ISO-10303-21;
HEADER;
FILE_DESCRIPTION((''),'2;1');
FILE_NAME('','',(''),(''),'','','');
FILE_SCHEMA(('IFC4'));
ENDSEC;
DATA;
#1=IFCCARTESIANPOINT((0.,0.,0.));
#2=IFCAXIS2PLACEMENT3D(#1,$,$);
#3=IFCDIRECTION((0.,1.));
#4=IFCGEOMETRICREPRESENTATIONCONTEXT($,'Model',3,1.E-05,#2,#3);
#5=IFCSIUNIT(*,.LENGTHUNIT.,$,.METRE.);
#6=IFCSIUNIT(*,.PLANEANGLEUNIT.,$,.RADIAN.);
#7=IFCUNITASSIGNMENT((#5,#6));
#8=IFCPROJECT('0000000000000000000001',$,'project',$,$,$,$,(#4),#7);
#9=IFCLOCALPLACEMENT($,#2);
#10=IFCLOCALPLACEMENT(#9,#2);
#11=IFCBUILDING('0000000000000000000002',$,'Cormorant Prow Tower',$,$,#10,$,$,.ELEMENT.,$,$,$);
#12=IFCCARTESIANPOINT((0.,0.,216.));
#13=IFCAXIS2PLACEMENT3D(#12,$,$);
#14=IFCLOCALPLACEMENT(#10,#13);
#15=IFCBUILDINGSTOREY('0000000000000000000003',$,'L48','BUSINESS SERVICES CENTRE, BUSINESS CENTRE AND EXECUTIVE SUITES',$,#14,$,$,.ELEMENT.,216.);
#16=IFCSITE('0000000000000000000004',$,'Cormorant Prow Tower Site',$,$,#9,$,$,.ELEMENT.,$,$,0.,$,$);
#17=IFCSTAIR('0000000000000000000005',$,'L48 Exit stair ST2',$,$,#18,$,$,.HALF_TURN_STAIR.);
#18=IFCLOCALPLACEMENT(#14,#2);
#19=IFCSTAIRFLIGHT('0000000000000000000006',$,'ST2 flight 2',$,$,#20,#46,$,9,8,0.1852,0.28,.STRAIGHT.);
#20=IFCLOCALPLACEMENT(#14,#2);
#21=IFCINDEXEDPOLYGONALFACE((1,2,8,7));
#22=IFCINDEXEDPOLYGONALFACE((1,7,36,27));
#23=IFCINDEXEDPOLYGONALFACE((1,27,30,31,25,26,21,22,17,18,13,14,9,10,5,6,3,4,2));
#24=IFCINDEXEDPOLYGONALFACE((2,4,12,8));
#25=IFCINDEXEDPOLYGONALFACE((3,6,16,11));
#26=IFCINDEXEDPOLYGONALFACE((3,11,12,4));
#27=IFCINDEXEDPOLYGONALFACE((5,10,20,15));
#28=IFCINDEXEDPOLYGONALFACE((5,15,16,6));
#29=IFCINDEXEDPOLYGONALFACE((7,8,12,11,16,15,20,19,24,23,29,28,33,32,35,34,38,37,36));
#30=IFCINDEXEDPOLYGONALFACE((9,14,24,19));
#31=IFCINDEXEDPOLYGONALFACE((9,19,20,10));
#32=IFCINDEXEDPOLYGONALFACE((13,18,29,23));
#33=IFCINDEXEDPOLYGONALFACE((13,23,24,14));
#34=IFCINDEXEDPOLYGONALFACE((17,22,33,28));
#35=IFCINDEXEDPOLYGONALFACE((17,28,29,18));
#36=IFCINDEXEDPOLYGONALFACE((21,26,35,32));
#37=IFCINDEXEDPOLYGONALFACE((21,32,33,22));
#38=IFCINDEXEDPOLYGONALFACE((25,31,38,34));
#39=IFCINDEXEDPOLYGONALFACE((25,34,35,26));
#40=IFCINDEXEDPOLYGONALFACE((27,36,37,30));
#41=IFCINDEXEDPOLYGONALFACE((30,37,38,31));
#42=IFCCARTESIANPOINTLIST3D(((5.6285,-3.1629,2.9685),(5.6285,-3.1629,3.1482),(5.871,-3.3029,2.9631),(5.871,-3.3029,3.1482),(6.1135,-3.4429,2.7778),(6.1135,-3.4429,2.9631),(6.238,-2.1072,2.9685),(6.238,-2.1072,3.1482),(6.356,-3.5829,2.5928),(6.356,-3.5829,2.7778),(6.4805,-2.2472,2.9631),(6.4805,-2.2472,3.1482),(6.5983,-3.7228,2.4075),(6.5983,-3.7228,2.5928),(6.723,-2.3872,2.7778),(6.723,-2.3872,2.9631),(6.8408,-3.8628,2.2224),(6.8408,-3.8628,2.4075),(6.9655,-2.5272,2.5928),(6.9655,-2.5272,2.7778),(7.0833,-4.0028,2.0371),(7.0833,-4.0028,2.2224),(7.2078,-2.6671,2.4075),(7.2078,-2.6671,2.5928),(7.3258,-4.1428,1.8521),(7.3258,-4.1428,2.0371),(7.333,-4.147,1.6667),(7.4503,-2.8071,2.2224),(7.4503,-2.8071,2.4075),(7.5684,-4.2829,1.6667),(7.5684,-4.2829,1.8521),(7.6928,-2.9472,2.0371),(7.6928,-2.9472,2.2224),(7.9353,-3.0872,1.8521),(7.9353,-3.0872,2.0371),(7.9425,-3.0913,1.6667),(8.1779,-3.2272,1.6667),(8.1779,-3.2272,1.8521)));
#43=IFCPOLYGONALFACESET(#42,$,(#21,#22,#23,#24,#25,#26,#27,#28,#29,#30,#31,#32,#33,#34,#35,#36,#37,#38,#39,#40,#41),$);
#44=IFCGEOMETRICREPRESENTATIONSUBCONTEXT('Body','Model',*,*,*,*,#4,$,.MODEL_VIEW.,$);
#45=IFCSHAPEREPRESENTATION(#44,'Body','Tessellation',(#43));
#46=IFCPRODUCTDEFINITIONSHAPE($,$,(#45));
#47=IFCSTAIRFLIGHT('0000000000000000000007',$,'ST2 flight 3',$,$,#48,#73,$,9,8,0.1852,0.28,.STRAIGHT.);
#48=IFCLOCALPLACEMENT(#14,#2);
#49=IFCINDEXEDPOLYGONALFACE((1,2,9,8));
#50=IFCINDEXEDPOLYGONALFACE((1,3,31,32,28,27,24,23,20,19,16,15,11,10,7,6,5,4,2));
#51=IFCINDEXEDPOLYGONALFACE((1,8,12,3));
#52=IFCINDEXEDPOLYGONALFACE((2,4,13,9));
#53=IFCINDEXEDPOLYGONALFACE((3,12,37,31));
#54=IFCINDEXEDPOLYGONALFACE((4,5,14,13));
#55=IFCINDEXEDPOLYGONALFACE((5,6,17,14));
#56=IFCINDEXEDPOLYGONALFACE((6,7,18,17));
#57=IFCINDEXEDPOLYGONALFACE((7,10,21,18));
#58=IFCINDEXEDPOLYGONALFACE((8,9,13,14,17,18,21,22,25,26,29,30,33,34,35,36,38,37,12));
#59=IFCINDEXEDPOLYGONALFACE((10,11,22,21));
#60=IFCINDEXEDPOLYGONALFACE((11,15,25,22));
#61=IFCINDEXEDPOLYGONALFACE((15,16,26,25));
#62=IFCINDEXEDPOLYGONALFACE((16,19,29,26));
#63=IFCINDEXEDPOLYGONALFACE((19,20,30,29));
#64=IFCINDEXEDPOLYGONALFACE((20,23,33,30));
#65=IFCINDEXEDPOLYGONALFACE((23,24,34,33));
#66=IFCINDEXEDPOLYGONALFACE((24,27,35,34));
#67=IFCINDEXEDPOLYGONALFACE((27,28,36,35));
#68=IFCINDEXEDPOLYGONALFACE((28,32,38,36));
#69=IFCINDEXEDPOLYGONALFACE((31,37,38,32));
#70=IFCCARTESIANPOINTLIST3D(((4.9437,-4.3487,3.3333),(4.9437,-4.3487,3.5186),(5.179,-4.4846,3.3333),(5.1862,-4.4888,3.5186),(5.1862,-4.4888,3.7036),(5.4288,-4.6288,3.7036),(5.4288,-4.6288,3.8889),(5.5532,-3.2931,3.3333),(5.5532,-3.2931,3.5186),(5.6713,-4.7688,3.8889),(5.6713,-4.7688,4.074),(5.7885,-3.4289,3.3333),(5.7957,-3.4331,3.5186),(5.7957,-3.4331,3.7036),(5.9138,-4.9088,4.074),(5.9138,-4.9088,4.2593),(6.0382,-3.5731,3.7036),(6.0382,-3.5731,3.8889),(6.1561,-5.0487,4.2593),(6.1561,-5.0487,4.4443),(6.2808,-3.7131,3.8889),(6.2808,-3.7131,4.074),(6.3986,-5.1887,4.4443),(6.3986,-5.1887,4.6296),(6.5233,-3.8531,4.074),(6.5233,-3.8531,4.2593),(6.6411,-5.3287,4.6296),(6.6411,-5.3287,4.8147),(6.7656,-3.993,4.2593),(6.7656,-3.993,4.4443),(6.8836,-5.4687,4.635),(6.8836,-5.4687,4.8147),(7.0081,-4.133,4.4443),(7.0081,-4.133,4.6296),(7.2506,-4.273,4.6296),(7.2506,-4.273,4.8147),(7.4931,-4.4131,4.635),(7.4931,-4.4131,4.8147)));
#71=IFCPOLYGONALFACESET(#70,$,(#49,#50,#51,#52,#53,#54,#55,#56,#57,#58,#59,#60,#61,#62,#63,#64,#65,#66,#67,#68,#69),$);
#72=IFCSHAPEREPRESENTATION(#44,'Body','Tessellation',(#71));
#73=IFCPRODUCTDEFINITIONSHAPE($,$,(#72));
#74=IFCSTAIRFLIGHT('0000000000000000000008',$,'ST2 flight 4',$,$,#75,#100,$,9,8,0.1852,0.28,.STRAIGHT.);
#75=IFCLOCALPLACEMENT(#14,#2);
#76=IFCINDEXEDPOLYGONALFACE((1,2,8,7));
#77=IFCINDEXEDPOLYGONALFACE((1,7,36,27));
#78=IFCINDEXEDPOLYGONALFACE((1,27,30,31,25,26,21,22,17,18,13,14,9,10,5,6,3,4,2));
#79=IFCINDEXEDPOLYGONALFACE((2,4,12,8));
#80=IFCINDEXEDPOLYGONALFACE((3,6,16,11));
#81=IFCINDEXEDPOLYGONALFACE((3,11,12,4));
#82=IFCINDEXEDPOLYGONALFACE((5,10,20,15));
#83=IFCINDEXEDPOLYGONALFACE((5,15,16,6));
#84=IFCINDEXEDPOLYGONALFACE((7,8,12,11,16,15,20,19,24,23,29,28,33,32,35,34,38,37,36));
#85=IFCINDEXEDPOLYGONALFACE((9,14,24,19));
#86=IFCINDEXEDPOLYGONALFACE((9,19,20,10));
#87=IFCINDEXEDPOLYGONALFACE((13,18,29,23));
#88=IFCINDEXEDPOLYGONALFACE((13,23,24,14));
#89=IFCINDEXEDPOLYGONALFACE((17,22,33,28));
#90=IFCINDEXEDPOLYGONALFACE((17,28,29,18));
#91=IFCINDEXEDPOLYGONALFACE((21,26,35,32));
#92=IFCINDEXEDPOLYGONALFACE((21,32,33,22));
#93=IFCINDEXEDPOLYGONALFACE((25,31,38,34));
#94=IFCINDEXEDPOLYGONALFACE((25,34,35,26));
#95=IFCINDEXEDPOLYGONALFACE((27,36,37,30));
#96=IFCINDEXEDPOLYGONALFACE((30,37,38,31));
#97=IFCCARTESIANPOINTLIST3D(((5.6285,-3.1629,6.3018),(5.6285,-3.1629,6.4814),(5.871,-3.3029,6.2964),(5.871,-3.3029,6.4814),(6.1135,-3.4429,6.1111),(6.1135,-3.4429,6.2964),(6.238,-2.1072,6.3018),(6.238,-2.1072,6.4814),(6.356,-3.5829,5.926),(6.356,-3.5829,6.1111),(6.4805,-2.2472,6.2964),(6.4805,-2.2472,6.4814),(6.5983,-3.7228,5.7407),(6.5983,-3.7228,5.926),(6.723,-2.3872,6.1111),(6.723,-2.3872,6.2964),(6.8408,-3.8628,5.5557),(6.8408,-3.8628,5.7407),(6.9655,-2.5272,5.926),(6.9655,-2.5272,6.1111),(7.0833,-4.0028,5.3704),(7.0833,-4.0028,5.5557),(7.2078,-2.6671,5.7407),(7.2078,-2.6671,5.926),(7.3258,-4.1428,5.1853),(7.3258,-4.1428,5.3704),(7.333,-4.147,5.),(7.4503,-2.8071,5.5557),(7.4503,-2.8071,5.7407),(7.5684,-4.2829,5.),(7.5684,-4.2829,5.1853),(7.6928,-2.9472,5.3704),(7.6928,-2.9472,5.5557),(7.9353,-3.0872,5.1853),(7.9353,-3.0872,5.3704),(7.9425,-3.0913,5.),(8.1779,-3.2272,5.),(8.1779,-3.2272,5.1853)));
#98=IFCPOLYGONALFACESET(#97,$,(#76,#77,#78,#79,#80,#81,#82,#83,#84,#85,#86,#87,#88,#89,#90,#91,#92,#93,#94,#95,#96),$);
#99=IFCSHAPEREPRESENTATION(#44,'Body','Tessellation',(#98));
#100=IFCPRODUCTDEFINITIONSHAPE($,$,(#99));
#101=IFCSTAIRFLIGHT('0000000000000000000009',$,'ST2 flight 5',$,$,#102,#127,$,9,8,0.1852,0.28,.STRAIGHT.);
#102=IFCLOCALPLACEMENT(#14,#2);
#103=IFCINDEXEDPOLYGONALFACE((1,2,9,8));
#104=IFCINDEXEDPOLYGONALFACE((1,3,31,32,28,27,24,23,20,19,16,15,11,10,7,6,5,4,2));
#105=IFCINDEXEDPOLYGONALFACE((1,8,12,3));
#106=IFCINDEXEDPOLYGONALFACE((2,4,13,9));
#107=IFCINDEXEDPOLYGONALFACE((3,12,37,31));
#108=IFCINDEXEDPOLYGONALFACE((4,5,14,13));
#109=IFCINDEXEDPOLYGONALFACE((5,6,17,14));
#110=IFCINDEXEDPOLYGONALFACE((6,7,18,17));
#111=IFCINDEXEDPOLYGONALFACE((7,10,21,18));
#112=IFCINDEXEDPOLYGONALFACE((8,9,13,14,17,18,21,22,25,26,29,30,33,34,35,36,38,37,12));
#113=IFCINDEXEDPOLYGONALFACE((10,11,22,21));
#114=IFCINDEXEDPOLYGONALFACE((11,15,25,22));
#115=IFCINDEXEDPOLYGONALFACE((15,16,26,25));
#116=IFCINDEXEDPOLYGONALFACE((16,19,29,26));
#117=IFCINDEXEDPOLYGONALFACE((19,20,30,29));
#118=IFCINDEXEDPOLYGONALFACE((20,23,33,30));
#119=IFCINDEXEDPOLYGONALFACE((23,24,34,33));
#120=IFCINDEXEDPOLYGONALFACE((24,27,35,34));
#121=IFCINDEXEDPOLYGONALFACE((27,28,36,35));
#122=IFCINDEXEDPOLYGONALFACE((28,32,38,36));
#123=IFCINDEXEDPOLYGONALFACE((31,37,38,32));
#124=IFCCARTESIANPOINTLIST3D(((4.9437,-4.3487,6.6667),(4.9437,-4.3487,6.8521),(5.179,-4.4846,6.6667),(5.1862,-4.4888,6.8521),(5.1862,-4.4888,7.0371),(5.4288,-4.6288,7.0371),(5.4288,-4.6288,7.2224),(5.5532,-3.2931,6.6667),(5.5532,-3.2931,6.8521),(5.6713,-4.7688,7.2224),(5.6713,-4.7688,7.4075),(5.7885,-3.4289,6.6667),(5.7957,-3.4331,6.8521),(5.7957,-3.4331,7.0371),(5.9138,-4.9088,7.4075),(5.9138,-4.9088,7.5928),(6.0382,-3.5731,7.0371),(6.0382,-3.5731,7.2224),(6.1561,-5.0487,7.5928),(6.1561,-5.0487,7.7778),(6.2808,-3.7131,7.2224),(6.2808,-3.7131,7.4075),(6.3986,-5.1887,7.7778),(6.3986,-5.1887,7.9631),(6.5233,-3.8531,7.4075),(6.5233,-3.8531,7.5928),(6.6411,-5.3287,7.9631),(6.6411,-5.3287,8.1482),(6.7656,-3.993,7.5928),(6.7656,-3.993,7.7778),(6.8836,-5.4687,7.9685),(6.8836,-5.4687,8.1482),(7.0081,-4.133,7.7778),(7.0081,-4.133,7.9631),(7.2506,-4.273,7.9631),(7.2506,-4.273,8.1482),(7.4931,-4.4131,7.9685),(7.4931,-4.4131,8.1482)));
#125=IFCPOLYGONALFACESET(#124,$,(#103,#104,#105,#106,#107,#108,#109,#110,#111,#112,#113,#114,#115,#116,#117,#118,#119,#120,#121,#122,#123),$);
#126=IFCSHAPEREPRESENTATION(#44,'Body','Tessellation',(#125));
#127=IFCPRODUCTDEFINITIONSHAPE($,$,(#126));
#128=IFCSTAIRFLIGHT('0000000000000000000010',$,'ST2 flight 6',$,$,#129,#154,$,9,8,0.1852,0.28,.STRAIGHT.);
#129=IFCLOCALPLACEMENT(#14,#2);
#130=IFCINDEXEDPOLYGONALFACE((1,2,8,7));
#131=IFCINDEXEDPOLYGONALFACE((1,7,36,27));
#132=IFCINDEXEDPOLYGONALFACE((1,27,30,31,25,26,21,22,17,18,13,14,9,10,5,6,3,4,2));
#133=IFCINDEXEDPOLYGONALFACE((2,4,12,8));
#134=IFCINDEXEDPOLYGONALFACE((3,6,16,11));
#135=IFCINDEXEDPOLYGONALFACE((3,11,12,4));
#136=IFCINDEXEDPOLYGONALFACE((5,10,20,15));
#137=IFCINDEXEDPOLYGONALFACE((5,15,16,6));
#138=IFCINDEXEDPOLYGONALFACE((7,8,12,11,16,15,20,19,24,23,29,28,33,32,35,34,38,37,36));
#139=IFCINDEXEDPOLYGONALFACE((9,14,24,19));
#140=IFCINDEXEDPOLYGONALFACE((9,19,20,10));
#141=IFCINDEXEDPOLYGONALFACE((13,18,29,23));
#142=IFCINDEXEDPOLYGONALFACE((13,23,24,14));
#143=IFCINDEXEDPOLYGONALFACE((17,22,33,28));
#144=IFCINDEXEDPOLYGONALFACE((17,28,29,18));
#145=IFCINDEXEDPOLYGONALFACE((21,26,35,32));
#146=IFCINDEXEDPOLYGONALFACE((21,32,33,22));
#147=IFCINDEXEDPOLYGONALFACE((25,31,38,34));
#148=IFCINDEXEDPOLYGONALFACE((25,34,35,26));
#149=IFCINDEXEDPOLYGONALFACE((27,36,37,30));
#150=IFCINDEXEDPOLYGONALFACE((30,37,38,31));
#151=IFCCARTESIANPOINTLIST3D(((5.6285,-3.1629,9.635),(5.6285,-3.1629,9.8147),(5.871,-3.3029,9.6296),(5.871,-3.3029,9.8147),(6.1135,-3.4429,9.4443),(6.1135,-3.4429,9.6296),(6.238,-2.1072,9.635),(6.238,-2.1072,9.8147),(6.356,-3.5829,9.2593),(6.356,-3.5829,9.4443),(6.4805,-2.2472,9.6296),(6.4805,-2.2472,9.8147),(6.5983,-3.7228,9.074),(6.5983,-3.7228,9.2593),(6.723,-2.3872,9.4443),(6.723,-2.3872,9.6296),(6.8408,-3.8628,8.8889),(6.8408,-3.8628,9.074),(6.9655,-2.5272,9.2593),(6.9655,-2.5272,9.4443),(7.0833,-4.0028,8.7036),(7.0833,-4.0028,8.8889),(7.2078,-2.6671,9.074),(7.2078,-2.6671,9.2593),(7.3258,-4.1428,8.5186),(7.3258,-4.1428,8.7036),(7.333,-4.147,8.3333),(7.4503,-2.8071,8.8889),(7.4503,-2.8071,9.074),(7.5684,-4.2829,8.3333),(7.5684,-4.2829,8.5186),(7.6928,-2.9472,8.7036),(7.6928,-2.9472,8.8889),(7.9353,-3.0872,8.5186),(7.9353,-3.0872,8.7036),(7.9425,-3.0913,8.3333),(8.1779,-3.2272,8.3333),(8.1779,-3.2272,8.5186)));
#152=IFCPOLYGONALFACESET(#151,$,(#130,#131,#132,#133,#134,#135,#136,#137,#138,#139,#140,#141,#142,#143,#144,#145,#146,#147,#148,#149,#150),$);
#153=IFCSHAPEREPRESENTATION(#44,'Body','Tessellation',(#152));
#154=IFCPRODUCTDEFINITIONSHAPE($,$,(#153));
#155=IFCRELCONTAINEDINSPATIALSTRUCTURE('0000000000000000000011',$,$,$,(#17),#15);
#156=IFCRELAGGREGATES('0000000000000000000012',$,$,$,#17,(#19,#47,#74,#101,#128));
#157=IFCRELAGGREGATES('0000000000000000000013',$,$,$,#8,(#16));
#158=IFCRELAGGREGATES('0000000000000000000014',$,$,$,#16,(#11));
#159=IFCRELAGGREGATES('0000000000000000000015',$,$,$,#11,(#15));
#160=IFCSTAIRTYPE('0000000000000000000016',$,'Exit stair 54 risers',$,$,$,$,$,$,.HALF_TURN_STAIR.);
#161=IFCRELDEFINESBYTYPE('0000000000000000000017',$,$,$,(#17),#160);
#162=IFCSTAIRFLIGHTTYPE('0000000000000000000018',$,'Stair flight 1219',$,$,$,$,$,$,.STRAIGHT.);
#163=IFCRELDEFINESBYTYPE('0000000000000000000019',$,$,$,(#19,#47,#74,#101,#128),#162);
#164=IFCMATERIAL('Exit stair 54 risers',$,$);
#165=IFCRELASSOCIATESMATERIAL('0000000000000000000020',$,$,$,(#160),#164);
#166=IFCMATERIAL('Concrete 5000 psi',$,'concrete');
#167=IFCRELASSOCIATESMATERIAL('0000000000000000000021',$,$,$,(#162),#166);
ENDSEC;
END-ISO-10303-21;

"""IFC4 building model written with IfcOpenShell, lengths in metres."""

from ifc_helpers import new_model, si_unit, direction, frame, origin, place, context, subcontext, project, spatial, polyline, outline, extrude, material, type_object, element, aggregate, save


model = new_model("IFC4")

# Units and contexts
model_context = context("Model", 3, precision=1e-05, world=origin(), true_north=direction((0.0, 1.0)))
body_context = subcontext(model_context, "Body", "Model", "MODEL_VIEW")
ifc_project = project(units=[si_unit("LENGTHUNIT", "METRE"), si_unit("PLANEANGLEUNIT", "RADIAN")], contexts=[model_context])

# Site, building, storey
site_placement = place(None, origin())
site = spatial("IfcSite", under=ifc_project, at=site_placement, Name="Cormorant Prow Tower Site", CompositionType="ELEMENT", RefElevation=0.0)
building_placement = place(site_placement, origin())
building = spatial("IfcBuilding", under=site, at=building_placement, Name="Cormorant Prow Tower", CompositionType="ELEMENT")
storey_placement = place(building_placement, frame((0.0, 0.0, 216.0)))
storey = spatial("IfcBuildingStorey", under=building, at=storey_placement, Name="L48", Description="BUSINESS SERVICES CENTRE, BUSINESS CENTRE AND EXECUTIVE SUITES", CompositionType="ELEMENT", Elevation=216.0)

# Stair, stair flights
ifc_material_1 = material(Name="Exit stair 54 risers")
stair_type = type_object("IfcStairType", Name="Exit stair 54 risers", PredefinedType="HALF_TURN_STAIR", material=ifc_material_1)
stair_placement = place(storey_placement, origin())
stair = element("IfcStair", 1, at=stair_placement, inside=storey, type_object=stair_type, Name="L48 Exit stair ST2", PredefinedType="HALF_TURN_STAIR")
ifc_material_2 = material(Name="Concrete 5000 psi", Category="concrete")
stair_flight_type = type_object("IfcStairFlightType", Name="Stair flight 1219", PredefinedType="STRAIGHT", material=ifc_material_2)
stair_flight_1_placement = place(storey_placement, frame((7.873, -3.7551, 1.6667), z_axis=(0.0, 0.0, 1.0), x_axis=(-0.866025, 0.5, 0.0)))
stair_flight_1 = element("IfcStairFlight", 2, at=stair_flight_1_placement, type_object=stair_flight_type, Name="ST2 flight 2", NumberOfRisers=9, NumberOfTreads=8, PredefinedType="STRAIGHT", RiserHeight=0.1852, TreadLength=0.28, context=body_context, shape_type="SweptSolid", body=[
    extrude(outline(polyline([(0.0, 0.0), (0.0, 0.1853), (0.28, 0.1853), (0.28, 0.3704), (0.5601, 0.3704), (0.5601, 0.5557), (0.8401, 0.5557), (0.8401, 0.7407), (1.1201, 0.7407), (1.1201, 0.926), (1.3999, 0.926), (1.3999, 1.1111), (1.6799, 1.1111), (1.6799, 1.2964), (1.96, 1.2964), (1.96, 1.4814), (2.24, 1.4814), (2.24, 1.6667), (2.24, 1.3018), (0.2717, 0.0), (0.0, 0.0)])), frame((0.0, 0.6094, 0.0), z_axis=(0.0, -1.0, 0.0), x_axis=(1.0, 0.0, 0.0)), (0.0, 0.0, 1.0), 1.219),
])
stair_flight_2_placement = place(storey_placement, frame((5.2485, -3.8208, 3.3333), z_axis=(0.0, 0.0, 1.0), x_axis=(0.866025, -0.5, 0.0)))
stair_flight_2 = element("IfcStairFlight", 3, at=stair_flight_2_placement, type_object=stair_flight_type, Name="ST2 flight 3", NumberOfRisers=9, NumberOfTreads=8, PredefinedType="STRAIGHT", RiserHeight=0.1852, TreadLength=0.28, context=body_context, shape_type="SweptSolid", body=[
    extrude(outline(polyline([(0.0, 0.0), (0.0, 0.1853), (0.28, 0.1853), (0.28, 0.3704), (0.5601, 0.3704), (0.5601, 0.5557), (0.8401, 0.5557), (0.8401, 0.7407), (1.1201, 0.7407), (1.1201, 0.926), (1.3999, 0.926), (1.3999, 1.1111), (1.6799, 1.1111), (1.6799, 1.2964), (1.96, 1.2964), (1.96, 1.4814), (2.24, 1.4814), (2.24, 1.6667), (2.24, 1.3018), (0.2717, 0.0), (0.0, 0.0)])), frame((0.0, 0.6094, 0.0), z_axis=(0.0, -1.0, 0.0), x_axis=(1.0, 0.0, 0.0)), (0.0, 0.0, 1.0), 1.219),
])
stair_flight_3_placement = place(storey_placement, frame((7.873, -3.7551, 5.0), z_axis=(0.0, 0.0, 1.0), x_axis=(-0.866025, 0.5, 0.0)))
stair_flight_3 = element("IfcStairFlight", 4, at=stair_flight_3_placement, type_object=stair_flight_type, Name="ST2 flight 4", NumberOfRisers=9, NumberOfTreads=8, PredefinedType="STRAIGHT", RiserHeight=0.1852, TreadLength=0.28, context=body_context, shape_type="SweptSolid", body=[
    extrude(outline(polyline([(0.0, 0.0), (0.0, 0.1853), (0.28, 0.1853), (0.28, 0.3704), (0.5601, 0.3704), (0.5601, 0.5557), (0.8401, 0.5557), (0.8401, 0.7407), (1.1201, 0.7407), (1.1201, 0.926), (1.3999, 0.926), (1.3999, 1.1111), (1.6799, 1.1111), (1.6799, 1.2964), (1.96, 1.2964), (1.96, 1.4814), (2.24, 1.4814), (2.24, 1.6667), (2.24, 1.3018), (0.2717, 0.0), (0.0, 0.0)])), frame((0.0, 0.6094, 0.0), z_axis=(0.0, -1.0, 0.0), x_axis=(1.0, 0.0, 0.0)), (0.0, 0.0, 1.0), 1.219),
])
stair_flight_4_placement = place(storey_placement, frame((5.2485, -3.8208, 6.6667), z_axis=(0.0, 0.0, 1.0), x_axis=(0.866025, -0.5, 0.0)))
stair_flight_4 = element("IfcStairFlight", 5, at=stair_flight_4_placement, type_object=stair_flight_type, Name="ST2 flight 5", NumberOfRisers=9, NumberOfTreads=8, PredefinedType="STRAIGHT", RiserHeight=0.1852, TreadLength=0.28, context=body_context, shape_type="SweptSolid", body=[
    extrude(outline(polyline([(0.0, 0.0), (0.0, 0.1853), (0.28, 0.1853), (0.28, 0.3704), (0.5601, 0.3704), (0.5601, 0.5557), (0.8401, 0.5557), (0.8401, 0.7407), (1.1201, 0.7407), (1.1201, 0.926), (1.3999, 0.926), (1.3999, 1.1111), (1.6799, 1.1111), (1.6799, 1.2964), (1.96, 1.2964), (1.96, 1.4814), (2.24, 1.4814), (2.24, 1.6667), (2.24, 1.3018), (0.2717, 0.0), (0.0, 0.0)])), frame((0.0, 0.6094, 0.0), z_axis=(0.0, -1.0, 0.0), x_axis=(1.0, 0.0, 0.0)), (0.0, 0.0, 1.0), 1.219),
])
stair_flight_5_placement = place(storey_placement, frame((7.873, -3.7551, 8.3333), z_axis=(0.0, 0.0, 1.0), x_axis=(-0.866025, 0.5, 0.0)))
stair_flight_5 = element("IfcStairFlight", 6, at=stair_flight_5_placement, type_object=stair_flight_type, Name="ST2 flight 6", NumberOfRisers=9, NumberOfTreads=8, PredefinedType="STRAIGHT", RiserHeight=0.1852, TreadLength=0.28, context=body_context, shape_type="SweptSolid", body=[
    extrude(outline(polyline([(0.0, 0.0), (0.0, 0.1853), (0.28, 0.1853), (0.28, 0.3704), (0.5601, 0.3704), (0.5601, 0.5557), (0.8401, 0.5557), (0.8401, 0.7407), (1.1201, 0.7407), (1.1201, 0.926), (1.3999, 0.926), (1.3999, 1.1111), (1.6799, 1.1111), (1.6799, 1.2964), (1.96, 1.2964), (1.96, 1.4814), (2.24, 1.4814), (2.24, 1.6667), (2.24, 1.3018), (0.2717, 0.0), (0.0, 0.0)])), frame((0.0, 0.6094, 0.0), z_axis=(0.0, -1.0, 0.0), x_axis=(1.0, 0.0, 0.0)), (0.0, 0.0, 1.0), 1.219),
])
aggregate(stair, [stair_flight_1, stair_flight_2, stair_flight_3, stair_flight_4, stair_flight_5])

save(model, "model.ifc")
